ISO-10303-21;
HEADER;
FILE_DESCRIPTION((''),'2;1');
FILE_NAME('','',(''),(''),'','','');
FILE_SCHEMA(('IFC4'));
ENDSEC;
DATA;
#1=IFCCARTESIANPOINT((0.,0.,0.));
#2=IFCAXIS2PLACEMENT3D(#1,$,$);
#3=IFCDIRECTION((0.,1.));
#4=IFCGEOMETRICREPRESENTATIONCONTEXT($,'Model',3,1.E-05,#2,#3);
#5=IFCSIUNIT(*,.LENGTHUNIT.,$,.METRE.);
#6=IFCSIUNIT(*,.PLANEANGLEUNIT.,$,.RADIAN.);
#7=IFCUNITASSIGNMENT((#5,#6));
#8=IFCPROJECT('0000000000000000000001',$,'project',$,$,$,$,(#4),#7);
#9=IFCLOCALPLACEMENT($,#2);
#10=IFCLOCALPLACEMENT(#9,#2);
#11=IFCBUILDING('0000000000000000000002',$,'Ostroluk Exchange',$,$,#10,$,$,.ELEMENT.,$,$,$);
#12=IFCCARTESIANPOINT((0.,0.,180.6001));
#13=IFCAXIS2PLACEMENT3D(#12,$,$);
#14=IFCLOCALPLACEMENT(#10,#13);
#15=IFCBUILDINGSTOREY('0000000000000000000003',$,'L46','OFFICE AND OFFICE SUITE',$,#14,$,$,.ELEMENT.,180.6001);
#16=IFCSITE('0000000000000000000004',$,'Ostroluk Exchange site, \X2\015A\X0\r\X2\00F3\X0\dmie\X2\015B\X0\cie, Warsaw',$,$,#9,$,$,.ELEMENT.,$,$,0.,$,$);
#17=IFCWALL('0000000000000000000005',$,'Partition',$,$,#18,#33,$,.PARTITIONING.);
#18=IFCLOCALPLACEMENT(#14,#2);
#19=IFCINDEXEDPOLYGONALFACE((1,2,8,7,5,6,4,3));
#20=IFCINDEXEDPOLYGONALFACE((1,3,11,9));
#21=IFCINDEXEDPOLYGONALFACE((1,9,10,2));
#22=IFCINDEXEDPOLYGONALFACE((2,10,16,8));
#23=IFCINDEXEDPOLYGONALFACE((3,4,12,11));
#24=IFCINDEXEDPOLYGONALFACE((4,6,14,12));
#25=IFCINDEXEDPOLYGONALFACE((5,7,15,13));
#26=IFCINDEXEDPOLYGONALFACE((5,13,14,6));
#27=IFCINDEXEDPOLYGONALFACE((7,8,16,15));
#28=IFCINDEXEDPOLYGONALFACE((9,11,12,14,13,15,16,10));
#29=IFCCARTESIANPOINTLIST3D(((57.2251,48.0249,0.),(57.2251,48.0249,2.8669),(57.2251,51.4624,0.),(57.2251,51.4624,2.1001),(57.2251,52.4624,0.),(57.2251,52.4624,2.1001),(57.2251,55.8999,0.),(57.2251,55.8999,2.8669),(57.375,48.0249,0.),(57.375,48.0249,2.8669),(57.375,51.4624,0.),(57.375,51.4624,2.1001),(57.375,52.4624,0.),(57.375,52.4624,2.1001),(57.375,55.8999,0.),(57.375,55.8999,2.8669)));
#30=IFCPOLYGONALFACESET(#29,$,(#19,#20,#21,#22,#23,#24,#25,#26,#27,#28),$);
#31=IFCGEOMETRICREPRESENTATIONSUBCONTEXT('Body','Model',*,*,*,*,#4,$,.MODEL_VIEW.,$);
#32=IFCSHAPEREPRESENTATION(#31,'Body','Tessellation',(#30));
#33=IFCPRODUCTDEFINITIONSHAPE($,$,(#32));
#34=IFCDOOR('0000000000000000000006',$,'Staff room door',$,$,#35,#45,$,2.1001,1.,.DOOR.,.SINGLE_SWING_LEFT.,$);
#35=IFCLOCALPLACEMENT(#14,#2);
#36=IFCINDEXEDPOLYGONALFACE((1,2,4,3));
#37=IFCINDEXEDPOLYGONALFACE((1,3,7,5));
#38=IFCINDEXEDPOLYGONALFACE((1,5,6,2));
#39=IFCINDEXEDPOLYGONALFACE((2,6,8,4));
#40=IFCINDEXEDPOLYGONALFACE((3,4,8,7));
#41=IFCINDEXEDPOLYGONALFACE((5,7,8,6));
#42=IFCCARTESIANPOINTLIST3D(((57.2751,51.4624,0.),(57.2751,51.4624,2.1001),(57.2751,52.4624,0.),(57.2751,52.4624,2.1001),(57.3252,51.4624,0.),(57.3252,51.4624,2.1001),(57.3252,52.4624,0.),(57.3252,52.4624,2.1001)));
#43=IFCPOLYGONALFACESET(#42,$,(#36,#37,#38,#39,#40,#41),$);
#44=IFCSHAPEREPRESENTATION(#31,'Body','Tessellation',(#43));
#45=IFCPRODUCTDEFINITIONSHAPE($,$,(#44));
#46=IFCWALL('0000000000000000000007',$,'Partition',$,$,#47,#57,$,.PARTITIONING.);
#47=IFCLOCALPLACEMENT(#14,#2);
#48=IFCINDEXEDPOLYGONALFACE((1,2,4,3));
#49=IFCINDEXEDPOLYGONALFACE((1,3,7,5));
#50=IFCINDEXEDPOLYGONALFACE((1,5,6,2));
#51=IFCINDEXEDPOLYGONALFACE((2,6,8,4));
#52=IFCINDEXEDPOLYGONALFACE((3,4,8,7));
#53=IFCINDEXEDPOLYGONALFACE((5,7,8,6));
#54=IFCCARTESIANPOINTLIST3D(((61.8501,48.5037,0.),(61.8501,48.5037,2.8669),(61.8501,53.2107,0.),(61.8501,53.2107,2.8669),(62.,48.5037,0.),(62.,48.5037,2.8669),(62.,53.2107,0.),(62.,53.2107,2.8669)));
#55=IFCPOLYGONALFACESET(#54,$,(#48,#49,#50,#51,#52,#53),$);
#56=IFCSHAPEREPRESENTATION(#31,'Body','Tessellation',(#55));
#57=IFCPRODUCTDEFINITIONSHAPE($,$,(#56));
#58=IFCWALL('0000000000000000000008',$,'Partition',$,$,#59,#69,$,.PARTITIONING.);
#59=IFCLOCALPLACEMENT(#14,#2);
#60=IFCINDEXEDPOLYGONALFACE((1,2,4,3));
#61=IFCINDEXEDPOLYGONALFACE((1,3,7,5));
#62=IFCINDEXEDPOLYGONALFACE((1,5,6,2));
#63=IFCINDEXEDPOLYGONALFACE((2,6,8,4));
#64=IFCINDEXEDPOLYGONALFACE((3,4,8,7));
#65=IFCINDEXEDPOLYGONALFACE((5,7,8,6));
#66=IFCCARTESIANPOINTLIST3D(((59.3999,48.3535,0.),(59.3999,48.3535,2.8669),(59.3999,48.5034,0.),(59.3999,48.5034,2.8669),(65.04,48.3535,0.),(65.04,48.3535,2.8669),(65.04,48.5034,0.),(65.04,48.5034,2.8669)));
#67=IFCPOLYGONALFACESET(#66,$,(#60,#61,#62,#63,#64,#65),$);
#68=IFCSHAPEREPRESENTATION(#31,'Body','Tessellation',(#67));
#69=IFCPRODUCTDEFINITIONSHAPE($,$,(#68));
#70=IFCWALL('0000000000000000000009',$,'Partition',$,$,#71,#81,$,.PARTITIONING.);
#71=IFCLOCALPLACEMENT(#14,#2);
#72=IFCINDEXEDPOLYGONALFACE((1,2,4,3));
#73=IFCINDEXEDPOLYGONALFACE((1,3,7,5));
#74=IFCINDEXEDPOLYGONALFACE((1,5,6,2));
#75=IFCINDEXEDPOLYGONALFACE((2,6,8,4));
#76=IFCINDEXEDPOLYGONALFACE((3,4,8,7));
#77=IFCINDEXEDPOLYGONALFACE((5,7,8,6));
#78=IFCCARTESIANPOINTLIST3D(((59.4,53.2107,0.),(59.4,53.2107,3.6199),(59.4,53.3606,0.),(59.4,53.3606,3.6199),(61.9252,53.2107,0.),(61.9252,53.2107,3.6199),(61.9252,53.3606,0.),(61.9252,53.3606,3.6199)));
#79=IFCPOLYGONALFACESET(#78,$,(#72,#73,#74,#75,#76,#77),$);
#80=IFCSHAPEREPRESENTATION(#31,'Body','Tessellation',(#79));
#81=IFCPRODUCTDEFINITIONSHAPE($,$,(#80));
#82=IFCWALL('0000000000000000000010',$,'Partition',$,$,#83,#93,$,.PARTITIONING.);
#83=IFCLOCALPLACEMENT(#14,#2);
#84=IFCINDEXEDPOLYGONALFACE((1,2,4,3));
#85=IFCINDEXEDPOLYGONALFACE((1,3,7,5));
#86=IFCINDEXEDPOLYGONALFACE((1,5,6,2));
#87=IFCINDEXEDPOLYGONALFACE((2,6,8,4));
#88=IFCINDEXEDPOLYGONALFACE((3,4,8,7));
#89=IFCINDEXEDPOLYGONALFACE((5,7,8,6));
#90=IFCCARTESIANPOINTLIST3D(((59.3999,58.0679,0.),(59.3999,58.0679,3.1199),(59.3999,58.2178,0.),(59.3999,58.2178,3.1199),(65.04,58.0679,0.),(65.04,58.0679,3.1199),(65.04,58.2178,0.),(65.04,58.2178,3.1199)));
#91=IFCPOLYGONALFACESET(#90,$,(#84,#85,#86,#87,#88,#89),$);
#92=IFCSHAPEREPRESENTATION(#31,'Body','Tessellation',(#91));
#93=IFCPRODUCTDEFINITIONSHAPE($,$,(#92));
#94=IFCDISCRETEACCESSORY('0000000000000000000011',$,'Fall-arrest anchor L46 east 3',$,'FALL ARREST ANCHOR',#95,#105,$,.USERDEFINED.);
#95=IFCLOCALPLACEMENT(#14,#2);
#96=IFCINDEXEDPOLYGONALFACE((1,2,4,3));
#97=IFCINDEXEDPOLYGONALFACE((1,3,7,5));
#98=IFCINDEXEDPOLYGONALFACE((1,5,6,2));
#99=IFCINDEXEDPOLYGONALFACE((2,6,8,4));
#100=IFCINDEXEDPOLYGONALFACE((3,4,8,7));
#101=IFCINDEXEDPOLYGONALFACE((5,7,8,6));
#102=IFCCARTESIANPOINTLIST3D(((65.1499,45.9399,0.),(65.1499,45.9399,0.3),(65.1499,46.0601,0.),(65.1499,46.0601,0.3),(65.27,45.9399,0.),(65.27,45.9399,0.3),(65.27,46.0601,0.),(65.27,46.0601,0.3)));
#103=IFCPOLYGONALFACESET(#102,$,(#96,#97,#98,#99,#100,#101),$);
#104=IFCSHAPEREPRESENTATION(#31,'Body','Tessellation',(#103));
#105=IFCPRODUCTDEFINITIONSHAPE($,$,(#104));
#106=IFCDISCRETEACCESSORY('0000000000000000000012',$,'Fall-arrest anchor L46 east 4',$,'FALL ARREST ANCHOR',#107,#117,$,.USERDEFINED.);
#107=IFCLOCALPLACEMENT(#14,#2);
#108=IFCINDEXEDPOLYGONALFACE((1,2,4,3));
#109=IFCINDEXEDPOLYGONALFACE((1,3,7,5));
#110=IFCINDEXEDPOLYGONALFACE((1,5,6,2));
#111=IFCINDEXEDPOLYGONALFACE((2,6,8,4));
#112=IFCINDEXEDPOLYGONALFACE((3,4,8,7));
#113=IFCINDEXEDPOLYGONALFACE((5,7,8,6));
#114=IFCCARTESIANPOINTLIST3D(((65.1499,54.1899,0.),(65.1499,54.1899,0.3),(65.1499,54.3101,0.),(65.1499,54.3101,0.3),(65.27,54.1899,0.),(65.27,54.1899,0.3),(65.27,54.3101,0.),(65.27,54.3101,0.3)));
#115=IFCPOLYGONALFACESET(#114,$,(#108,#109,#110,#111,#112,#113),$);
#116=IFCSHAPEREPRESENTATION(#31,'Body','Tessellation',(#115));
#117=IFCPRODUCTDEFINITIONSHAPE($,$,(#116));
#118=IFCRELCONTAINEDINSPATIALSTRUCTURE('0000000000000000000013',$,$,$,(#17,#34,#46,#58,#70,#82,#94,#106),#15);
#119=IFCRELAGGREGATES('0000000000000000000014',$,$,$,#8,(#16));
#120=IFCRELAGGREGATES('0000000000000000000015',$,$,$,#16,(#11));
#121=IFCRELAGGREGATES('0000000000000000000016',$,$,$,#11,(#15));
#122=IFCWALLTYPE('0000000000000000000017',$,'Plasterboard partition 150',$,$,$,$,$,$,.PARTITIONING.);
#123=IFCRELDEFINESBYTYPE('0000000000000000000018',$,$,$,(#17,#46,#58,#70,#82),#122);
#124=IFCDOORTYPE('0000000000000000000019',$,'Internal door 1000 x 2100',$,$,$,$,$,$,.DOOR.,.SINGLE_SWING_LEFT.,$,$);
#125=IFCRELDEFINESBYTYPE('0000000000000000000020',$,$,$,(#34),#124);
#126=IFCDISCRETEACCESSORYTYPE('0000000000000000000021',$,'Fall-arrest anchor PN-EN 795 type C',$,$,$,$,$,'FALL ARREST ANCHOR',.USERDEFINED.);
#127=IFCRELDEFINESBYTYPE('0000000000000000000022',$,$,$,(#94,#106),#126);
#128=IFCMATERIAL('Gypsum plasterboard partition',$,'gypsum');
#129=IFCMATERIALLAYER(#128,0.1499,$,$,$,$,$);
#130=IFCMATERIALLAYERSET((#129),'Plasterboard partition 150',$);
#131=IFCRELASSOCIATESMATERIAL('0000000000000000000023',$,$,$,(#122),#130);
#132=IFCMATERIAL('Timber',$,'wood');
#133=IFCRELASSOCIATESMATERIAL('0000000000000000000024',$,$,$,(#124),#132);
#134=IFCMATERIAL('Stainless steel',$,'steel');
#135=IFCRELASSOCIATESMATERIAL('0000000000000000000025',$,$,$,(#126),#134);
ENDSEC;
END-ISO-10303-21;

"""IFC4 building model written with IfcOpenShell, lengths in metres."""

from ifc_helpers import new_model, si_unit, direction, frame, frame_2d, origin, origin_2d, place, context, subcontext, project, spatial, rectangle, extrude, material, layer, layer_set, type_object, element, fill, save


model = new_model("IFC4")

# Units and contexts
model_context = context("Model", 3, precision=1e-05, world=origin(), true_north=direction((0.0, 1.0)))
body_context = subcontext(model_context, "Body", "Model", "MODEL_VIEW")
ifc_project = project(units=[si_unit("LENGTHUNIT", "METRE"), si_unit("PLANEANGLEUNIT", "RADIAN")], contexts=[model_context])

# Site, building, storey
site_placement = place(None, origin())
site = spatial("IfcSite", under=ifc_project, at=site_placement, Name="Ostroluk Exchange site, Śródmieście, Warsaw", CompositionType="ELEMENT", RefElevation=0.0)
building_placement = place(site_placement, origin())
building = spatial("IfcBuilding", under=site, at=building_placement, Name="Ostroluk Exchange", CompositionType="ELEMENT")
storey_placement = place(building_placement, frame((0.0, 0.0, 180.6001)))
storey = spatial("IfcBuildingStorey", under=building, at=storey_placement, Name="L46", Description="OFFICE AND OFFICE SUITE", CompositionType="ELEMENT", Elevation=180.6001)

# Wall, opening, door
ifc_material_1 = material(Name="Gypsum plasterboard partition", Category="gypsum")
ifc_layer_1 = layer(ifc_material_1, 0.1499)
ifc_layer_set_1 = layer_set([ifc_layer_1], Name="Plasterboard partition 150")
wall_type = type_object("IfcWallType", Name="Plasterboard partition 150", PredefinedType="PARTITIONING", material=ifc_layer_set_1)
wall_1_placement = place(storey_placement, frame((57.3, 48.0249, 0.0), z_axis=(0.0, 0.0, 1.0), x_axis=(0.0, 1.0, 0.0)))
wall_1 = element("IfcWall", 1, at=wall_1_placement, inside=storey, type_object=wall_type, Name="Partition", PredefinedType="PARTITIONING", context=body_context, shape_type="SweptSolid", body=[
    extrude(rectangle(XDim=7.875, YDim=0.1499, at=frame_2d((3.9375, 0.0))), origin(), (0.0, 0.0, 1.0), 2.8669),
])
opening_placement = place(wall_1_placement, frame((3.4375, 0.0, 0.0)))
opening = element("IfcOpeningElement", 2, at=opening_placement, cuts=wall_1, PredefinedType="OPENING", context=body_context, shape_type="SweptSolid", body=[
    extrude(rectangle(XDim=1.0, YDim=2.1001, at=frame_2d((0.5, 1.05))), frame((0.0, 0.085, 0.0), z_axis=(0.0, -1.0, 0.0), x_axis=(1.0, 0.0, 0.0)), (0.0, 0.0, 1.0), 0.1699),
])
ifc_material_2 = material(Name="Timber", Category="wood")
door_type = type_object("IfcDoorType", Name="Internal door 1000 x 2100", OperationType="SINGLE_SWING_LEFT", PredefinedType="DOOR", material=ifc_material_2)
door_placement = place(opening_placement, origin())
door = element("IfcDoor", 3, at=door_placement, inside=storey, type_object=door_type, Name="Staff room door", OperationType="SINGLE_SWING_LEFT", OverallHeight=2.1001, OverallWidth=1.0, PredefinedType="DOOR", context=body_context, shape_type="SweptSolid", body=[
    extrude(rectangle(XDim=1.0, YDim=2.1001, at=frame_2d((0.5, 1.05))), frame((0.0, 0.0249, 0.0), z_axis=(0.0, -1.0, 0.0), x_axis=(1.0, 0.0, 0.0)), (0.0, 0.0, 1.0), 0.05),
])
fill(opening, door)

# Walls
wall_2_placement = place(storey_placement, frame((61.925, 48.5037, 0.0), z_axis=(0.0, 0.0, 1.0), x_axis=(0.0, 1.0, 0.0)))
element("IfcWall", 4, at=wall_2_placement, inside=storey, type_object=wall_type, Name="Partition", PredefinedType="PARTITIONING", context=body_context, shape_type="SweptSolid", body=[
    extrude(rectangle(XDim=4.707, YDim=0.1499, at=frame_2d((2.3535, 0.0))), origin(), (0.0, 0.0, 1.0), 2.8669),
])
wall_3_placement = place(storey_placement, frame((59.3999, 48.4285, 0.0), z_axis=(0.0, 0.0, 1.0), x_axis=(1.0, 0.0, 0.0)))
element("IfcWall", 5, at=wall_3_placement, inside=storey, type_object=wall_type, Name="Partition", PredefinedType="PARTITIONING", context=body_context, shape_type="SweptSolid", body=[
    extrude(rectangle(XDim=5.6401, YDim=0.1499, at=frame_2d((2.8201, 0.0))), origin(), (0.0, 0.0, 1.0), 2.8669),
])
wall_4_placement = place(storey_placement, frame((59.3999, 53.2856, 0.0), z_axis=(0.0, 0.0, 1.0), x_axis=(1.0, 0.0, 0.0)))
element("IfcWall", 6, at=wall_4_placement, inside=storey, type_object=wall_type, Name="Partition", PredefinedType="PARTITIONING", context=body_context, shape_type="SweptSolid", body=[
    extrude(rectangle(XDim=2.5251, YDim=0.1499, at=frame_2d((1.2627, 0.0))), origin(), (0.0, 0.0, 1.0), 3.6199),
])
wall_5_placement = place(storey_placement, frame((59.3999, 58.1428, 0.0), z_axis=(0.0, 0.0, 1.0), x_axis=(1.0, 0.0, 0.0)))
element("IfcWall", 7, at=wall_5_placement, inside=storey, type_object=wall_type, Name="Partition", PredefinedType="PARTITIONING", context=body_context, shape_type="SweptSolid", body=[
    extrude(rectangle(XDim=5.6401, YDim=0.1499, at=frame_2d((2.8201, 0.0))), origin(), (0.0, 0.0, 1.0), 3.1199),
])

# Discrete accessories
ifc_material_3 = material(Name="Stainless steel", Category="steel")
discrete_accessory_type = type_object("IfcDiscreteAccessoryType", Name="Fall-arrest anchor PN-EN 795 type C", ElementType="FALL ARREST ANCHOR", PredefinedType="USERDEFINED", material=ifc_material_3)
for number, where, z_axis, x_axis, name in (
    (8, (65.21, 46.0, 0.0), (0.0, 0.0, 1.0), (1.0, 0.0, 0.0), "Fall-arrest anchor L46 east 3"),
    (9, (65.21, 54.25, 0.0), (0.0, 0.0, 1.0), (1.0, 0.0, 0.0), "Fall-arrest anchor L46 east 4"),
):
    element("IfcDiscreteAccessory", number, at=place(storey_placement, frame(where, z_axis=z_axis, x_axis=x_axis)), inside=storey, type_object=discrete_accessory_type, Name=name, ObjectType="FALL ARREST ANCHOR", PredefinedType="USERDEFINED", context=body_context, shape_type="SweptSolid", body=[
        extrude(rectangle(XDim=0.1201, YDim=0.1201, at=origin_2d()), origin(), (0.0, 0.0, 1.0), 0.3),
    ])

save(model, "model.ifc")
